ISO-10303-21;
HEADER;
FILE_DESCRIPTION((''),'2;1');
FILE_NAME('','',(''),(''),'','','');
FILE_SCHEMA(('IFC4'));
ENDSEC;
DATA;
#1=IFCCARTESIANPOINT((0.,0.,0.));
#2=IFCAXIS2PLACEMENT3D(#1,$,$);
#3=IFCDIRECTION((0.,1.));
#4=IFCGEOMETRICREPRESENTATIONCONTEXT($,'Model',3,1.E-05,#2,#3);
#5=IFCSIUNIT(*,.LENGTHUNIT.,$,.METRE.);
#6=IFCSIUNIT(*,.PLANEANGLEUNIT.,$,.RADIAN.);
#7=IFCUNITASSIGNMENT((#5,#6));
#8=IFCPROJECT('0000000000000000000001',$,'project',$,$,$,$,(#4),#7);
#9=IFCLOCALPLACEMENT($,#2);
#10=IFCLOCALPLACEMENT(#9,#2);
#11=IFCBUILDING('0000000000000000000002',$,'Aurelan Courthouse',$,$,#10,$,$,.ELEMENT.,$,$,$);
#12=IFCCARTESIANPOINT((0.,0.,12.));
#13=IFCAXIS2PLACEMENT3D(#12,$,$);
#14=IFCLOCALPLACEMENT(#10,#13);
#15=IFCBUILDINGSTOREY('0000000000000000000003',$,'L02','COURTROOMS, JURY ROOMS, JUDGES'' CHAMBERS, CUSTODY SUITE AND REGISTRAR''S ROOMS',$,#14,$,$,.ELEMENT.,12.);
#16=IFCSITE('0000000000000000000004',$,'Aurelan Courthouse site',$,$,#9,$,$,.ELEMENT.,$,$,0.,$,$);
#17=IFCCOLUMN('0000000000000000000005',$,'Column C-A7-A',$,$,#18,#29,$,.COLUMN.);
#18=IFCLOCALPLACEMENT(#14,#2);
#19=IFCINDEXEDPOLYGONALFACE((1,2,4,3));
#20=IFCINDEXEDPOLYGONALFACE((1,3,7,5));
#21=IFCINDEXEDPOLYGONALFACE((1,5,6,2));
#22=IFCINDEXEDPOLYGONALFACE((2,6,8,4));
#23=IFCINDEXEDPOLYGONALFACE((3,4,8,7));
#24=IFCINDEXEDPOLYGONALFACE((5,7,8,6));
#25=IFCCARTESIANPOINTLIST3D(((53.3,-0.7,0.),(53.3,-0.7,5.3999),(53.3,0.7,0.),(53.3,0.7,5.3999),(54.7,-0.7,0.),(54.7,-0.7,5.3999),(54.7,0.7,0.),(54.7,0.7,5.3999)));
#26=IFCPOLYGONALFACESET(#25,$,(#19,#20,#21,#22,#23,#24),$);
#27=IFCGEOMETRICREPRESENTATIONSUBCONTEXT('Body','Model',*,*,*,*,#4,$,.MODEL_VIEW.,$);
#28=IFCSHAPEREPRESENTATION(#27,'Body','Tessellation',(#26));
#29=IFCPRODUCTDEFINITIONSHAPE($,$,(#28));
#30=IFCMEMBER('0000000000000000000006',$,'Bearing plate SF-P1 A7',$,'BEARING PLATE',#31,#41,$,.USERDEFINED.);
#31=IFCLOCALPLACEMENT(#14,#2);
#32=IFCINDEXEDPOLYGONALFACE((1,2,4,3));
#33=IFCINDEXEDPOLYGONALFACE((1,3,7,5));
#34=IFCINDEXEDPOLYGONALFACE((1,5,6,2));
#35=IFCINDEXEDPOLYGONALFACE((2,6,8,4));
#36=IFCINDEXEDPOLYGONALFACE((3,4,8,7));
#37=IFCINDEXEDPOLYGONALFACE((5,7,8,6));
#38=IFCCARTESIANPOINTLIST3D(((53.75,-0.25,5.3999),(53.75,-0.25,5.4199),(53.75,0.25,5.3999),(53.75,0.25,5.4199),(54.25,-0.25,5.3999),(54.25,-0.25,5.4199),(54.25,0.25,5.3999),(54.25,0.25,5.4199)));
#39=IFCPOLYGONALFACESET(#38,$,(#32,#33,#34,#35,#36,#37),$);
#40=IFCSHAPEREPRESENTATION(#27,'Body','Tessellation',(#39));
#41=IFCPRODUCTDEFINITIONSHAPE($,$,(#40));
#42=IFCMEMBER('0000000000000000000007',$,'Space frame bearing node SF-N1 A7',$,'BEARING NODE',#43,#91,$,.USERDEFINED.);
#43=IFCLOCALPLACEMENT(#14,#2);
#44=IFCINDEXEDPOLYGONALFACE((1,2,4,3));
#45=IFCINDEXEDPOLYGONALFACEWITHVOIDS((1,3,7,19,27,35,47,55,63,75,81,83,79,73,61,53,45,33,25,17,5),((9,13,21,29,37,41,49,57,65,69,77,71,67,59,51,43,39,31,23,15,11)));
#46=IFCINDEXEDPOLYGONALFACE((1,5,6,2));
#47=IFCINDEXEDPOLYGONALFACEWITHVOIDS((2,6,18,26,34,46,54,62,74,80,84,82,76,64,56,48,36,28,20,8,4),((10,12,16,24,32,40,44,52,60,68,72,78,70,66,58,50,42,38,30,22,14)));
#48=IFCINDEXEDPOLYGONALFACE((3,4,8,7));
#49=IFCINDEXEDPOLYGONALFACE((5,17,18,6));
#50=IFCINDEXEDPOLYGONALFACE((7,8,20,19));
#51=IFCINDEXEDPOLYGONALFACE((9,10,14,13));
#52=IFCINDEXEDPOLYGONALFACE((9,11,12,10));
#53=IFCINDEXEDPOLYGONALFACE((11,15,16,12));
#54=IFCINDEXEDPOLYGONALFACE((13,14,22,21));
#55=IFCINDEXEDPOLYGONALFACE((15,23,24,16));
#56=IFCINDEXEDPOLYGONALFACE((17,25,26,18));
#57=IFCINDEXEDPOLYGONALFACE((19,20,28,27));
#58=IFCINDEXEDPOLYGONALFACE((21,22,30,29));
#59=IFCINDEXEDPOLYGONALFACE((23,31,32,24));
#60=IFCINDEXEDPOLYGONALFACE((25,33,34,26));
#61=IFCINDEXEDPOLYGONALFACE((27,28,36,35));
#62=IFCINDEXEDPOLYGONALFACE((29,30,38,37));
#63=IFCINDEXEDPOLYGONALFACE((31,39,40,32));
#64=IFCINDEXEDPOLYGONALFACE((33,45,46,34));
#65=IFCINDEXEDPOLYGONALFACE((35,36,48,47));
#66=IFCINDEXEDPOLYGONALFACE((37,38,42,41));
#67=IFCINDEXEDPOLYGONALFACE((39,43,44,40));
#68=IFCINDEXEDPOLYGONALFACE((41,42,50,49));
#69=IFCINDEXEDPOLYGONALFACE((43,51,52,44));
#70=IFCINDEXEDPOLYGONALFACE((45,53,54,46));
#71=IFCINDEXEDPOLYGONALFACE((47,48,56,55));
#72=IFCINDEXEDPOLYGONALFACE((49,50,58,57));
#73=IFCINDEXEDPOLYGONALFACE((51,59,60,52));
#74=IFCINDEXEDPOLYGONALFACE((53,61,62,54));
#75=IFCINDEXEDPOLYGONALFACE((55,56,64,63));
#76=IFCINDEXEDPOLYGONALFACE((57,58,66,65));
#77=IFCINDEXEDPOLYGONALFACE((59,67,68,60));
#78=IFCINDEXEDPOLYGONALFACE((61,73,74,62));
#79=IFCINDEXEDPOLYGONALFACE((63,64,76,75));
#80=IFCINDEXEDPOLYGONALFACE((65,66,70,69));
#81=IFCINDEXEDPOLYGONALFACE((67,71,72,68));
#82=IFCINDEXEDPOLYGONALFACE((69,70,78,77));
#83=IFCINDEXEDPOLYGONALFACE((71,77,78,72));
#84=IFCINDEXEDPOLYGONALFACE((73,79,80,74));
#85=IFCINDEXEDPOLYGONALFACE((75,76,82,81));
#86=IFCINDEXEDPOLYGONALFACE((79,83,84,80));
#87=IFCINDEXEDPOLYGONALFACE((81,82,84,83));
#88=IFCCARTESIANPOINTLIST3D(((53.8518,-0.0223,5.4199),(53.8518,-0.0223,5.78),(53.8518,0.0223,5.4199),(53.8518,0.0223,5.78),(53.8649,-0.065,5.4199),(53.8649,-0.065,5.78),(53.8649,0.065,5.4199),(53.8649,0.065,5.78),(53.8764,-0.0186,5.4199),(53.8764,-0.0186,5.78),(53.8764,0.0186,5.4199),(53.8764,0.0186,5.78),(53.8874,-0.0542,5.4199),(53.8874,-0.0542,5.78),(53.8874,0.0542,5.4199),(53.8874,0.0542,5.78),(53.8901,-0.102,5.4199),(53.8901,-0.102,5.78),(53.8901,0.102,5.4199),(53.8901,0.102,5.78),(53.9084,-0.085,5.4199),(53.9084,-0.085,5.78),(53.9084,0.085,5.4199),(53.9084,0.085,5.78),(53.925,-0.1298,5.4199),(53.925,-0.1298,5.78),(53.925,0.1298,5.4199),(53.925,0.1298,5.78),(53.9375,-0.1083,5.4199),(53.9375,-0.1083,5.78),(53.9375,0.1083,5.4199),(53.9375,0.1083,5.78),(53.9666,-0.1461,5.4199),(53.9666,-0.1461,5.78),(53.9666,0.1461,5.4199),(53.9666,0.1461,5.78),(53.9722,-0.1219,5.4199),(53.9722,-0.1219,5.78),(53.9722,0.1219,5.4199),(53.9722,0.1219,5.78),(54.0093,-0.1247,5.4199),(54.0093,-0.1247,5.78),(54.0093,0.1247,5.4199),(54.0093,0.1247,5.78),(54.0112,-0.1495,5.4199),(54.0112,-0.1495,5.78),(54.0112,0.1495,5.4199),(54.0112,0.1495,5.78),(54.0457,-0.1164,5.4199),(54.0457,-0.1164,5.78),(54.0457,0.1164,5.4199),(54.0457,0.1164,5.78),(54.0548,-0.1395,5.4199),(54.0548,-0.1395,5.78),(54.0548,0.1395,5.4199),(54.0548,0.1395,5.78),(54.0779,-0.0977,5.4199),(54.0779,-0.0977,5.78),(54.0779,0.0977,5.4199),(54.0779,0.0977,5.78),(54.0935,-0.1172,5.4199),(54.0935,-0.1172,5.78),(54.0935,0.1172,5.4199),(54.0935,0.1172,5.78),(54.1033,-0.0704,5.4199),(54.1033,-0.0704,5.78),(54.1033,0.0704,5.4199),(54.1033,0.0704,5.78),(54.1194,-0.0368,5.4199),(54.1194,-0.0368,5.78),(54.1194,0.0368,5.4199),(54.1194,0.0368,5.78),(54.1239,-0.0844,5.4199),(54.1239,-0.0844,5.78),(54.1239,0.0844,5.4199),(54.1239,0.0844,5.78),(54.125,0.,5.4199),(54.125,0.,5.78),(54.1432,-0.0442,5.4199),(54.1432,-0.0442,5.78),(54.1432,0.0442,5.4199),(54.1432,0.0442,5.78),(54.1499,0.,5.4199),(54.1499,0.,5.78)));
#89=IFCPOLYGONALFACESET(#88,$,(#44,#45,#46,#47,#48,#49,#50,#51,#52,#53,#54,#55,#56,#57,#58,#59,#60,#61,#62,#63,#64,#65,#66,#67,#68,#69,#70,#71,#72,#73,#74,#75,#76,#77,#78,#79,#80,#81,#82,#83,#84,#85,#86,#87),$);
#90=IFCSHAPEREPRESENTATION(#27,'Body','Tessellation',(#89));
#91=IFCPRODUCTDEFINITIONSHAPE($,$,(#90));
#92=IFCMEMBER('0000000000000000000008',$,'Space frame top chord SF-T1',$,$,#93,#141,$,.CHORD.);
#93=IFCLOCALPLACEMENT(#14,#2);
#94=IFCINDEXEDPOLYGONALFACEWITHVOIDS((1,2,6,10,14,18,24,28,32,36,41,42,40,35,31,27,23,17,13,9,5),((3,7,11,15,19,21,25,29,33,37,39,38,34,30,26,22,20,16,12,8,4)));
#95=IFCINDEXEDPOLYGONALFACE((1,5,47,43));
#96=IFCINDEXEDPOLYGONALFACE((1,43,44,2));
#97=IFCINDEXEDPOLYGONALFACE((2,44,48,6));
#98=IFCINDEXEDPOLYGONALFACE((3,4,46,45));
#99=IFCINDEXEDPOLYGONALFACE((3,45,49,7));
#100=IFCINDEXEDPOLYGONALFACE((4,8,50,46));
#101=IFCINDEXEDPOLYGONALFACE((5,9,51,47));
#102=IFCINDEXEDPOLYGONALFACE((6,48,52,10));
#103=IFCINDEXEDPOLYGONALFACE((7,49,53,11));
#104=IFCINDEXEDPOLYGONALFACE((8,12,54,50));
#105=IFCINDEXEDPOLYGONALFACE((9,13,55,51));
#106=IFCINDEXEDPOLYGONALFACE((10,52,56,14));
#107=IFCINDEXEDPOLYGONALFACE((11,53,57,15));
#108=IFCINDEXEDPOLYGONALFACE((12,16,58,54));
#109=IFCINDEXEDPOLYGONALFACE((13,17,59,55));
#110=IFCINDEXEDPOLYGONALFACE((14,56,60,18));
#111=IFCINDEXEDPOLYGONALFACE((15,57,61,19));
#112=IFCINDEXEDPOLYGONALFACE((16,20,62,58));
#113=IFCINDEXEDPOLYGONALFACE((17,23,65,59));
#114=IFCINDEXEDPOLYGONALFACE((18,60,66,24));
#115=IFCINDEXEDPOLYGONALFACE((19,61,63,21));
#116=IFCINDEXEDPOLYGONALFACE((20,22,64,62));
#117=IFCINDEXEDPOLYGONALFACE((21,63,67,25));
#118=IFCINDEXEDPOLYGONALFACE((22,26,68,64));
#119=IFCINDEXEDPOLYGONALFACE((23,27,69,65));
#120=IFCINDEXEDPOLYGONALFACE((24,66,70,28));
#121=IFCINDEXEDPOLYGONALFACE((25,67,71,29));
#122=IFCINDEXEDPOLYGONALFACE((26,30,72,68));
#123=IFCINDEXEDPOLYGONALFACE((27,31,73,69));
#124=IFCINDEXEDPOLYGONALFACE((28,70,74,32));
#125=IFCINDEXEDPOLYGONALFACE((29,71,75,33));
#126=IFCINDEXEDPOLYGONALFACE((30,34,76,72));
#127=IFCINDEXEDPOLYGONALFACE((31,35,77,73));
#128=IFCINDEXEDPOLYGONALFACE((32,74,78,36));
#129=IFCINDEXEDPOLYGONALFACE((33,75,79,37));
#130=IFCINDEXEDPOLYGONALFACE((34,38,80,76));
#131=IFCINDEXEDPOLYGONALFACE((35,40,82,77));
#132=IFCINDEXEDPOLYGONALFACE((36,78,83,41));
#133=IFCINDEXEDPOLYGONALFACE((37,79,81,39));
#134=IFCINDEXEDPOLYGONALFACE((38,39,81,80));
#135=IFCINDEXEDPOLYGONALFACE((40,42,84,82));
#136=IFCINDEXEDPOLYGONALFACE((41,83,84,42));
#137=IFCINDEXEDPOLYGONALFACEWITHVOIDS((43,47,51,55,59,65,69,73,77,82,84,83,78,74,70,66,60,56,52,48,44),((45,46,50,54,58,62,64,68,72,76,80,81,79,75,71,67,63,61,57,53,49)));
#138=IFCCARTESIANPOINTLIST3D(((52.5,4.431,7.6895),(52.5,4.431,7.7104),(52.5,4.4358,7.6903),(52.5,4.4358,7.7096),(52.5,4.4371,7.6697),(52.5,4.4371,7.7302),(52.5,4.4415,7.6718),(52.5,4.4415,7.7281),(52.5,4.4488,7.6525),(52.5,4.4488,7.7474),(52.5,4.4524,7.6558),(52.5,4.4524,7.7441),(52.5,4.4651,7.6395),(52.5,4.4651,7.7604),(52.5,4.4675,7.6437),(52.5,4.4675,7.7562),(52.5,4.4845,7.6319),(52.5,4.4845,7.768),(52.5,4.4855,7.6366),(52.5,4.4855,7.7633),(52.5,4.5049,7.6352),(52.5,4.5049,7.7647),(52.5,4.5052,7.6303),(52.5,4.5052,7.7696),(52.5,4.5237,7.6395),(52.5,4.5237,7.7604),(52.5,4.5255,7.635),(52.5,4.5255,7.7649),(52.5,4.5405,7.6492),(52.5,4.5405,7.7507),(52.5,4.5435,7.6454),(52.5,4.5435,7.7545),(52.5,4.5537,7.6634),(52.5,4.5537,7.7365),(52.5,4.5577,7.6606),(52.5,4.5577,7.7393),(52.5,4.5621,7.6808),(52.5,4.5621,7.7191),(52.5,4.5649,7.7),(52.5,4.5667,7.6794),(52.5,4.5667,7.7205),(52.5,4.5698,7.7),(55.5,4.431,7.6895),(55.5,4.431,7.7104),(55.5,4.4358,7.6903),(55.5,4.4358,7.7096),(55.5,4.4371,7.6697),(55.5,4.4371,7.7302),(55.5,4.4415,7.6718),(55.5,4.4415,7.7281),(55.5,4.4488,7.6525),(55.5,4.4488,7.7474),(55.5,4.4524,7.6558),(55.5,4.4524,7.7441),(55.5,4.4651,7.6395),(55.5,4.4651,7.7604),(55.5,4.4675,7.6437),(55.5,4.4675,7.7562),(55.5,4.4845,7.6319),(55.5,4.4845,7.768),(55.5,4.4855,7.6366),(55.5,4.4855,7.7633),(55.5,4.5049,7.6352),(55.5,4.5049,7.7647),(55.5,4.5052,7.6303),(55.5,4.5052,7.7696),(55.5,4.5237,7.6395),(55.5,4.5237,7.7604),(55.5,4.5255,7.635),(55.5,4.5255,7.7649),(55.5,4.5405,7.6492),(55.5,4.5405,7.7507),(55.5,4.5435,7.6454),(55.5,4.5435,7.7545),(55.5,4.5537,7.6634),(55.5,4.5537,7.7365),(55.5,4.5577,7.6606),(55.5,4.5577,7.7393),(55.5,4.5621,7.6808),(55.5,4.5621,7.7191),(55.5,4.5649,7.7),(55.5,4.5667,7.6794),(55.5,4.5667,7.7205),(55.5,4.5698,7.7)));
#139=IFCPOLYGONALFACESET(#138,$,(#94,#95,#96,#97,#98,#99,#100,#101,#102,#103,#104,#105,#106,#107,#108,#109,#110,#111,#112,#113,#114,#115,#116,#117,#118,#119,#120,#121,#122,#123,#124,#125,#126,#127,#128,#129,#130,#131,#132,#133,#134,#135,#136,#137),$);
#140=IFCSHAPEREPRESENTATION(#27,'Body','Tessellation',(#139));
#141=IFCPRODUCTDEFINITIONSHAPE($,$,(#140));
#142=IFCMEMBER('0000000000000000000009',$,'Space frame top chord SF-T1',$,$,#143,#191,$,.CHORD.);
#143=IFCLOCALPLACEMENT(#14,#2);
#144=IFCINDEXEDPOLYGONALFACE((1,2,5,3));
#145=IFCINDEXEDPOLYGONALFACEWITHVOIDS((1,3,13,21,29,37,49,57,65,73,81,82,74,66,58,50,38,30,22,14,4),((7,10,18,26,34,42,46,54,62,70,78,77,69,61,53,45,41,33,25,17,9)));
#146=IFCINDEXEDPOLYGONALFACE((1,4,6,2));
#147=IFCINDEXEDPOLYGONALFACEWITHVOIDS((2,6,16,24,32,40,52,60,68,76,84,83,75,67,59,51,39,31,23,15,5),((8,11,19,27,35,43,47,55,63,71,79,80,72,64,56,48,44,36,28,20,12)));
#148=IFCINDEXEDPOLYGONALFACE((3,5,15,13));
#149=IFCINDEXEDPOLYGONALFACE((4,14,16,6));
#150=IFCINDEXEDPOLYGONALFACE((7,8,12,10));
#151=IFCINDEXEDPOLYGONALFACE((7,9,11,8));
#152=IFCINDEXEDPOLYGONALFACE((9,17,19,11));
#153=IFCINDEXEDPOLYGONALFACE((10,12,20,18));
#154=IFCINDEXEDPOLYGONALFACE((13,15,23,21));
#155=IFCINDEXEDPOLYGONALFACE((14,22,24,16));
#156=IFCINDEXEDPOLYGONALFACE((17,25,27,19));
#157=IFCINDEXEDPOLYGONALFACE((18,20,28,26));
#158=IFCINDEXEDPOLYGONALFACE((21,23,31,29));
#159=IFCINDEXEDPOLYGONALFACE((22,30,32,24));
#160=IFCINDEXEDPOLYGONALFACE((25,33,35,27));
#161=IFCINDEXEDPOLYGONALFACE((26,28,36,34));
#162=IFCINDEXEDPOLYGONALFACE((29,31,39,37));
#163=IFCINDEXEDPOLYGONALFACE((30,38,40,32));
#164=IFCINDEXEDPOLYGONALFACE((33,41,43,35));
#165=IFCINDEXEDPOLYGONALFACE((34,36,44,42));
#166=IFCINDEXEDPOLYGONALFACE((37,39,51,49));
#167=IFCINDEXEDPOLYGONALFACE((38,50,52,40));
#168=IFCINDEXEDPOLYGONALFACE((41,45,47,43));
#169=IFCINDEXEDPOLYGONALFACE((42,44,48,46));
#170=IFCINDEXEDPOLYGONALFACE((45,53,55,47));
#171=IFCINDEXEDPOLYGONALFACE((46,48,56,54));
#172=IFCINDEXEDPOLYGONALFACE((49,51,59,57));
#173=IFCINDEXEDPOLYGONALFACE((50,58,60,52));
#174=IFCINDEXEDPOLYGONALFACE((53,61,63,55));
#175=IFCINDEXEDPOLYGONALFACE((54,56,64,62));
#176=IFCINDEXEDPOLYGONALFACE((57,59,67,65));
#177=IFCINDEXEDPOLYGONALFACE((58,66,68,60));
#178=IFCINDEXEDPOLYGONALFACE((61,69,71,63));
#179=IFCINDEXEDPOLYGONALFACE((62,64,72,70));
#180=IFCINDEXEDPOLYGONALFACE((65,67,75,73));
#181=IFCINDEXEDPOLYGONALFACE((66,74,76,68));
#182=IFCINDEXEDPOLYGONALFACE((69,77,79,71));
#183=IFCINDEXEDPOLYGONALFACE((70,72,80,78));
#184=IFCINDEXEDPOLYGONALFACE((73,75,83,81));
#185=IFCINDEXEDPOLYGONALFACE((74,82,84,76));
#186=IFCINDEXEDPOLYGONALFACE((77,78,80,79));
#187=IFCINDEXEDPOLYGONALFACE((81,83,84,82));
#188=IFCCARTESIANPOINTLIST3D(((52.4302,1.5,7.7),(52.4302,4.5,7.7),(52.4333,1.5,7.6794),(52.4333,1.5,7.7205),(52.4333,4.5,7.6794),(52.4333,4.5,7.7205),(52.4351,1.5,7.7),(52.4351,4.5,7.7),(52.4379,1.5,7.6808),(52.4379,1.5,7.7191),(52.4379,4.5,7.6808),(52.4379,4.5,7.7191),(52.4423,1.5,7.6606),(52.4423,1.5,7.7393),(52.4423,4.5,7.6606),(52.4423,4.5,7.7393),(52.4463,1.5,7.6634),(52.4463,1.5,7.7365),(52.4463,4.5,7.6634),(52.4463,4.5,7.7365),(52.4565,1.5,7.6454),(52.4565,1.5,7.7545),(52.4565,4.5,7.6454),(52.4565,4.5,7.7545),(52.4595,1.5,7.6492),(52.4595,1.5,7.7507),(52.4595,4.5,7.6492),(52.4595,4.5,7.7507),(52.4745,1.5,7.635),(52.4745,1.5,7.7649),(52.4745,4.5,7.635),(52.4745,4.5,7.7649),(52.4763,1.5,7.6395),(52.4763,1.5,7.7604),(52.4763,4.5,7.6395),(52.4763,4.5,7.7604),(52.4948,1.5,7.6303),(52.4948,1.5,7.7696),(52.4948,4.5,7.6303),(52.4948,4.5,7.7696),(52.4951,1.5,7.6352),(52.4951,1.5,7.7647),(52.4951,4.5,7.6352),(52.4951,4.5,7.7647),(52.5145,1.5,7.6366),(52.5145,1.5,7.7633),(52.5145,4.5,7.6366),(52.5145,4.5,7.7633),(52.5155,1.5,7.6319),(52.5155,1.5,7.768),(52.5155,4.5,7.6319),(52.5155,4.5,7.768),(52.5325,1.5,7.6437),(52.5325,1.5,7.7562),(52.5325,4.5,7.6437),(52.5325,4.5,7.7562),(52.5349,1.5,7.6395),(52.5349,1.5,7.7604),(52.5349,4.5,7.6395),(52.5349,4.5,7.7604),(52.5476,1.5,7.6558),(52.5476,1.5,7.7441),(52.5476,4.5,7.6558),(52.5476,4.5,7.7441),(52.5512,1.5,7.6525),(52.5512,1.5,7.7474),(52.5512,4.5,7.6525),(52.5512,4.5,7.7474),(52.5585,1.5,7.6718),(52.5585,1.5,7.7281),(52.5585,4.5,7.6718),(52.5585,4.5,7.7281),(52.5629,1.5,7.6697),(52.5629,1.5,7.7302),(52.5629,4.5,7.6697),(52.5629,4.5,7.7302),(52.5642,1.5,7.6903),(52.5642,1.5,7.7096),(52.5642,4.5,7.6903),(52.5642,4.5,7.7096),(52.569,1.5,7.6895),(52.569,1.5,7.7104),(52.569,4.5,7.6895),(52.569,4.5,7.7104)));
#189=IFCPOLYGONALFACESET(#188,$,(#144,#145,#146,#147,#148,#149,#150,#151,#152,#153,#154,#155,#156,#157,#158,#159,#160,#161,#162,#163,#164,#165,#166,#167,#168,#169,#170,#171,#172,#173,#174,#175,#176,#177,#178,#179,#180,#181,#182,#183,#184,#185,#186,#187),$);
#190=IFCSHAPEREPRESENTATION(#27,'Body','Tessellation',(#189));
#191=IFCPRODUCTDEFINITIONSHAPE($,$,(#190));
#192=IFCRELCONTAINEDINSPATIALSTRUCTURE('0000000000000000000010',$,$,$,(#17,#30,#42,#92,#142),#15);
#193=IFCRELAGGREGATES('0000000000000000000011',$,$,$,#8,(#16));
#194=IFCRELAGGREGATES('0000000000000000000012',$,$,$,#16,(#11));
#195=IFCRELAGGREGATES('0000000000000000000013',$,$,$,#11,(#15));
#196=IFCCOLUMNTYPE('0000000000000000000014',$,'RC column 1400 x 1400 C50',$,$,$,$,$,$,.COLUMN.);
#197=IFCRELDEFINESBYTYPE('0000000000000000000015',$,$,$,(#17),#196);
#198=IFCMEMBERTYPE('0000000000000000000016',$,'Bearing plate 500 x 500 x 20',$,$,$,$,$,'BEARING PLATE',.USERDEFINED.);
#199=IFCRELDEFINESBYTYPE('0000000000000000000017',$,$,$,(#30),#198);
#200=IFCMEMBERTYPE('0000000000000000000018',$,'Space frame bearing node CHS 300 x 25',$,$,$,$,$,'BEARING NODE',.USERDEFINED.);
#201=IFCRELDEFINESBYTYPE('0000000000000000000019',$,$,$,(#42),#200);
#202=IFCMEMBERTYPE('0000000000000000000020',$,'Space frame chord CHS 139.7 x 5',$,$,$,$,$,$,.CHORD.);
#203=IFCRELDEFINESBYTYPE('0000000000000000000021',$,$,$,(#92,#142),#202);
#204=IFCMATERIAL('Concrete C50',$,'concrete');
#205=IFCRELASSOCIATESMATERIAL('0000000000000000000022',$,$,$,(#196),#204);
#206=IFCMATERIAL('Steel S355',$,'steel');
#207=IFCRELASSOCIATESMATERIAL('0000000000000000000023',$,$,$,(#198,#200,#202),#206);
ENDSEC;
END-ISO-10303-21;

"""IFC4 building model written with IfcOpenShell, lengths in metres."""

from ifc_helpers import new_model, si_unit, direction, frame, origin, origin_2d, place, context, subcontext, project, spatial, rectangle, hollow_circle, extrude, material, material_profile, profile_set, type_object, element, save


model = new_model("IFC4")

# Units and contexts
model_context = context("Model", 3, precision=1e-05, world=origin(), true_north=direction((0.0, 1.0)))
body_context = subcontext(model_context, "Body", "Model", "MODEL_VIEW")
ifc_project = project(units=[si_unit("LENGTHUNIT", "METRE"), si_unit("PLANEANGLEUNIT", "RADIAN")], contexts=[model_context])

# Site, building, storey
site_placement = place(None, origin())
site = spatial("IfcSite", under=ifc_project, at=site_placement, Name="Aurelan Courthouse site", CompositionType="ELEMENT", RefElevation=0.0)
building_placement = place(site_placement, origin())
building = spatial("IfcBuilding", under=site, at=building_placement, Name="Aurelan Courthouse", CompositionType="ELEMENT")
storey_placement = place(building_placement, frame((0.0, 0.0, 12.0)))
storey = spatial("IfcBuildingStorey", under=building, at=storey_placement, Name="L02", Description="COURTROOMS, JURY ROOMS, JUDGES' CHAMBERS, CUSTODY SUITE AND REGISTRAR'S ROOMS", CompositionType="ELEMENT", Elevation=12.0)

# Column
ifc_material_1 = material(Name="Concrete C50", Category="concrete")
ifc_material_profile_1 = material_profile(ifc_material_1, rectangle(XDim=1.3999, YDim=1.3999, at=origin_2d()), Name="RC 1400 x 1400")
ifc_profile_set_1 = profile_set([ifc_material_profile_1], Name="Concrete C50")
column_type = type_object("IfcColumnType", Name="RC column 1400 x 1400 C50", PredefinedType="COLUMN", material=ifc_profile_set_1)
column_placement = place(storey_placement, frame((54.0, 0.0, 0.0), z_axis=(0.0, 0.0, 1.0), x_axis=(1.0, 0.0, 0.0)))
element("IfcColumn", 1, at=column_placement, inside=storey, type_object=column_type, Name="Column C-A7-A", PredefinedType="COLUMN", context=body_context, shape_type="SweptSolid", body=[
    extrude(rectangle(XDim=1.3999, YDim=1.3999, at=origin_2d()), origin(), (0.0, 0.0, 1.0), 5.3999),
])

# Members
ifc_material_2 = material(Name="Steel S355", Category="steel")
ifc_material_profile_2 = material_profile(ifc_material_2, rectangle(XDim=0.5, YDim=0.5, at=origin_2d()), Name="PL 500 x 500")
ifc_profile_set_2 = profile_set([ifc_material_profile_2], Name="Steel S355")
member_type_1 = type_object("IfcMemberType", Name="Bearing plate 500 x 500 x 20", ElementType="BEARING PLATE", PredefinedType="USERDEFINED", material=ifc_profile_set_2)
member_1_placement = place(storey_placement, frame((54.0, 0.0, 5.3999), z_axis=(0.0, 0.0, 1.0), x_axis=(1.0, 0.0, 0.0)))
element("IfcMember", 2, at=member_1_placement, inside=storey, type_object=member_type_1, Name="Bearing plate SF-P1 A7", ObjectType="BEARING PLATE", PredefinedType="USERDEFINED", context=body_context, shape_type="SweptSolid", body=[
    extrude(rectangle(XDim=0.5, YDim=0.5, at=origin_2d()), origin(), (0.0, 0.0, 1.0), 0.02),
])
ifc_material_profile_3 = material_profile(ifc_material_2, hollow_circle(Radius=0.1499, WallThickness=0.0249, at=origin_2d()), Name="CHS 300 x 25")
ifc_profile_set_3 = profile_set([ifc_material_profile_3], Name="Steel S355")
member_type_2 = type_object("IfcMemberType", Name="Space frame bearing node CHS 300 x 25", ElementType="BEARING NODE", PredefinedType="USERDEFINED", material=ifc_profile_set_3)
member_2_placement = place(storey_placement, frame((54.0, 0.0, 5.4199), z_axis=(0.0, 0.0, 1.0), x_axis=(1.0, 0.0, 0.0)))
element("IfcMember", 3, at=member_2_placement, inside=storey, type_object=member_type_2, Name="Space frame bearing node SF-N1 A7", ObjectType="BEARING NODE", PredefinedType="USERDEFINED", context=body_context, shape_type="SweptSolid", body=[
    extrude(hollow_circle(Radius=0.1499, WallThickness=0.0249, at=origin_2d()), origin(), (0.0, 0.0, 1.0), 0.3601),
])
ifc_material_profile_4 = material_profile(ifc_material_2, hollow_circle(Radius=0.0698, WallThickness=0.0049, at=origin_2d()), Name="CHS 139.7 x 5")
ifc_profile_set_4 = profile_set([ifc_material_profile_4], Name="Steel S355")
member_type_3 = type_object("IfcMemberType", Name="Space frame chord CHS 139.7 x 5", PredefinedType="CHORD", material=ifc_profile_set_4)
for number, where, z_axis, x_axis, name in (
    (4, (52.5, 4.5, 7.7), (1.0, 0.0, 0.0), (0.0, 1.0, 0.0), "Space frame top chord SF-T1"),
    (5, (52.5, 1.5, 7.7), (0.0, 1.0, 0.0), (-1.0, 0.0, 0.0), "Space frame top chord SF-T1"),
):
    element("IfcMember", number, at=place(storey_placement, frame(where, z_axis=z_axis, x_axis=x_axis)), inside=storey, type_object=member_type_3, Name=name, PredefinedType="CHORD", context=body_context, shape_type="SweptSolid", body=[
        extrude(hollow_circle(Radius=0.0698, WallThickness=0.0049, at=origin_2d()), origin(), (0.0, 0.0, 1.0), 3.0),
    ])

save(model, "model.ifc")
